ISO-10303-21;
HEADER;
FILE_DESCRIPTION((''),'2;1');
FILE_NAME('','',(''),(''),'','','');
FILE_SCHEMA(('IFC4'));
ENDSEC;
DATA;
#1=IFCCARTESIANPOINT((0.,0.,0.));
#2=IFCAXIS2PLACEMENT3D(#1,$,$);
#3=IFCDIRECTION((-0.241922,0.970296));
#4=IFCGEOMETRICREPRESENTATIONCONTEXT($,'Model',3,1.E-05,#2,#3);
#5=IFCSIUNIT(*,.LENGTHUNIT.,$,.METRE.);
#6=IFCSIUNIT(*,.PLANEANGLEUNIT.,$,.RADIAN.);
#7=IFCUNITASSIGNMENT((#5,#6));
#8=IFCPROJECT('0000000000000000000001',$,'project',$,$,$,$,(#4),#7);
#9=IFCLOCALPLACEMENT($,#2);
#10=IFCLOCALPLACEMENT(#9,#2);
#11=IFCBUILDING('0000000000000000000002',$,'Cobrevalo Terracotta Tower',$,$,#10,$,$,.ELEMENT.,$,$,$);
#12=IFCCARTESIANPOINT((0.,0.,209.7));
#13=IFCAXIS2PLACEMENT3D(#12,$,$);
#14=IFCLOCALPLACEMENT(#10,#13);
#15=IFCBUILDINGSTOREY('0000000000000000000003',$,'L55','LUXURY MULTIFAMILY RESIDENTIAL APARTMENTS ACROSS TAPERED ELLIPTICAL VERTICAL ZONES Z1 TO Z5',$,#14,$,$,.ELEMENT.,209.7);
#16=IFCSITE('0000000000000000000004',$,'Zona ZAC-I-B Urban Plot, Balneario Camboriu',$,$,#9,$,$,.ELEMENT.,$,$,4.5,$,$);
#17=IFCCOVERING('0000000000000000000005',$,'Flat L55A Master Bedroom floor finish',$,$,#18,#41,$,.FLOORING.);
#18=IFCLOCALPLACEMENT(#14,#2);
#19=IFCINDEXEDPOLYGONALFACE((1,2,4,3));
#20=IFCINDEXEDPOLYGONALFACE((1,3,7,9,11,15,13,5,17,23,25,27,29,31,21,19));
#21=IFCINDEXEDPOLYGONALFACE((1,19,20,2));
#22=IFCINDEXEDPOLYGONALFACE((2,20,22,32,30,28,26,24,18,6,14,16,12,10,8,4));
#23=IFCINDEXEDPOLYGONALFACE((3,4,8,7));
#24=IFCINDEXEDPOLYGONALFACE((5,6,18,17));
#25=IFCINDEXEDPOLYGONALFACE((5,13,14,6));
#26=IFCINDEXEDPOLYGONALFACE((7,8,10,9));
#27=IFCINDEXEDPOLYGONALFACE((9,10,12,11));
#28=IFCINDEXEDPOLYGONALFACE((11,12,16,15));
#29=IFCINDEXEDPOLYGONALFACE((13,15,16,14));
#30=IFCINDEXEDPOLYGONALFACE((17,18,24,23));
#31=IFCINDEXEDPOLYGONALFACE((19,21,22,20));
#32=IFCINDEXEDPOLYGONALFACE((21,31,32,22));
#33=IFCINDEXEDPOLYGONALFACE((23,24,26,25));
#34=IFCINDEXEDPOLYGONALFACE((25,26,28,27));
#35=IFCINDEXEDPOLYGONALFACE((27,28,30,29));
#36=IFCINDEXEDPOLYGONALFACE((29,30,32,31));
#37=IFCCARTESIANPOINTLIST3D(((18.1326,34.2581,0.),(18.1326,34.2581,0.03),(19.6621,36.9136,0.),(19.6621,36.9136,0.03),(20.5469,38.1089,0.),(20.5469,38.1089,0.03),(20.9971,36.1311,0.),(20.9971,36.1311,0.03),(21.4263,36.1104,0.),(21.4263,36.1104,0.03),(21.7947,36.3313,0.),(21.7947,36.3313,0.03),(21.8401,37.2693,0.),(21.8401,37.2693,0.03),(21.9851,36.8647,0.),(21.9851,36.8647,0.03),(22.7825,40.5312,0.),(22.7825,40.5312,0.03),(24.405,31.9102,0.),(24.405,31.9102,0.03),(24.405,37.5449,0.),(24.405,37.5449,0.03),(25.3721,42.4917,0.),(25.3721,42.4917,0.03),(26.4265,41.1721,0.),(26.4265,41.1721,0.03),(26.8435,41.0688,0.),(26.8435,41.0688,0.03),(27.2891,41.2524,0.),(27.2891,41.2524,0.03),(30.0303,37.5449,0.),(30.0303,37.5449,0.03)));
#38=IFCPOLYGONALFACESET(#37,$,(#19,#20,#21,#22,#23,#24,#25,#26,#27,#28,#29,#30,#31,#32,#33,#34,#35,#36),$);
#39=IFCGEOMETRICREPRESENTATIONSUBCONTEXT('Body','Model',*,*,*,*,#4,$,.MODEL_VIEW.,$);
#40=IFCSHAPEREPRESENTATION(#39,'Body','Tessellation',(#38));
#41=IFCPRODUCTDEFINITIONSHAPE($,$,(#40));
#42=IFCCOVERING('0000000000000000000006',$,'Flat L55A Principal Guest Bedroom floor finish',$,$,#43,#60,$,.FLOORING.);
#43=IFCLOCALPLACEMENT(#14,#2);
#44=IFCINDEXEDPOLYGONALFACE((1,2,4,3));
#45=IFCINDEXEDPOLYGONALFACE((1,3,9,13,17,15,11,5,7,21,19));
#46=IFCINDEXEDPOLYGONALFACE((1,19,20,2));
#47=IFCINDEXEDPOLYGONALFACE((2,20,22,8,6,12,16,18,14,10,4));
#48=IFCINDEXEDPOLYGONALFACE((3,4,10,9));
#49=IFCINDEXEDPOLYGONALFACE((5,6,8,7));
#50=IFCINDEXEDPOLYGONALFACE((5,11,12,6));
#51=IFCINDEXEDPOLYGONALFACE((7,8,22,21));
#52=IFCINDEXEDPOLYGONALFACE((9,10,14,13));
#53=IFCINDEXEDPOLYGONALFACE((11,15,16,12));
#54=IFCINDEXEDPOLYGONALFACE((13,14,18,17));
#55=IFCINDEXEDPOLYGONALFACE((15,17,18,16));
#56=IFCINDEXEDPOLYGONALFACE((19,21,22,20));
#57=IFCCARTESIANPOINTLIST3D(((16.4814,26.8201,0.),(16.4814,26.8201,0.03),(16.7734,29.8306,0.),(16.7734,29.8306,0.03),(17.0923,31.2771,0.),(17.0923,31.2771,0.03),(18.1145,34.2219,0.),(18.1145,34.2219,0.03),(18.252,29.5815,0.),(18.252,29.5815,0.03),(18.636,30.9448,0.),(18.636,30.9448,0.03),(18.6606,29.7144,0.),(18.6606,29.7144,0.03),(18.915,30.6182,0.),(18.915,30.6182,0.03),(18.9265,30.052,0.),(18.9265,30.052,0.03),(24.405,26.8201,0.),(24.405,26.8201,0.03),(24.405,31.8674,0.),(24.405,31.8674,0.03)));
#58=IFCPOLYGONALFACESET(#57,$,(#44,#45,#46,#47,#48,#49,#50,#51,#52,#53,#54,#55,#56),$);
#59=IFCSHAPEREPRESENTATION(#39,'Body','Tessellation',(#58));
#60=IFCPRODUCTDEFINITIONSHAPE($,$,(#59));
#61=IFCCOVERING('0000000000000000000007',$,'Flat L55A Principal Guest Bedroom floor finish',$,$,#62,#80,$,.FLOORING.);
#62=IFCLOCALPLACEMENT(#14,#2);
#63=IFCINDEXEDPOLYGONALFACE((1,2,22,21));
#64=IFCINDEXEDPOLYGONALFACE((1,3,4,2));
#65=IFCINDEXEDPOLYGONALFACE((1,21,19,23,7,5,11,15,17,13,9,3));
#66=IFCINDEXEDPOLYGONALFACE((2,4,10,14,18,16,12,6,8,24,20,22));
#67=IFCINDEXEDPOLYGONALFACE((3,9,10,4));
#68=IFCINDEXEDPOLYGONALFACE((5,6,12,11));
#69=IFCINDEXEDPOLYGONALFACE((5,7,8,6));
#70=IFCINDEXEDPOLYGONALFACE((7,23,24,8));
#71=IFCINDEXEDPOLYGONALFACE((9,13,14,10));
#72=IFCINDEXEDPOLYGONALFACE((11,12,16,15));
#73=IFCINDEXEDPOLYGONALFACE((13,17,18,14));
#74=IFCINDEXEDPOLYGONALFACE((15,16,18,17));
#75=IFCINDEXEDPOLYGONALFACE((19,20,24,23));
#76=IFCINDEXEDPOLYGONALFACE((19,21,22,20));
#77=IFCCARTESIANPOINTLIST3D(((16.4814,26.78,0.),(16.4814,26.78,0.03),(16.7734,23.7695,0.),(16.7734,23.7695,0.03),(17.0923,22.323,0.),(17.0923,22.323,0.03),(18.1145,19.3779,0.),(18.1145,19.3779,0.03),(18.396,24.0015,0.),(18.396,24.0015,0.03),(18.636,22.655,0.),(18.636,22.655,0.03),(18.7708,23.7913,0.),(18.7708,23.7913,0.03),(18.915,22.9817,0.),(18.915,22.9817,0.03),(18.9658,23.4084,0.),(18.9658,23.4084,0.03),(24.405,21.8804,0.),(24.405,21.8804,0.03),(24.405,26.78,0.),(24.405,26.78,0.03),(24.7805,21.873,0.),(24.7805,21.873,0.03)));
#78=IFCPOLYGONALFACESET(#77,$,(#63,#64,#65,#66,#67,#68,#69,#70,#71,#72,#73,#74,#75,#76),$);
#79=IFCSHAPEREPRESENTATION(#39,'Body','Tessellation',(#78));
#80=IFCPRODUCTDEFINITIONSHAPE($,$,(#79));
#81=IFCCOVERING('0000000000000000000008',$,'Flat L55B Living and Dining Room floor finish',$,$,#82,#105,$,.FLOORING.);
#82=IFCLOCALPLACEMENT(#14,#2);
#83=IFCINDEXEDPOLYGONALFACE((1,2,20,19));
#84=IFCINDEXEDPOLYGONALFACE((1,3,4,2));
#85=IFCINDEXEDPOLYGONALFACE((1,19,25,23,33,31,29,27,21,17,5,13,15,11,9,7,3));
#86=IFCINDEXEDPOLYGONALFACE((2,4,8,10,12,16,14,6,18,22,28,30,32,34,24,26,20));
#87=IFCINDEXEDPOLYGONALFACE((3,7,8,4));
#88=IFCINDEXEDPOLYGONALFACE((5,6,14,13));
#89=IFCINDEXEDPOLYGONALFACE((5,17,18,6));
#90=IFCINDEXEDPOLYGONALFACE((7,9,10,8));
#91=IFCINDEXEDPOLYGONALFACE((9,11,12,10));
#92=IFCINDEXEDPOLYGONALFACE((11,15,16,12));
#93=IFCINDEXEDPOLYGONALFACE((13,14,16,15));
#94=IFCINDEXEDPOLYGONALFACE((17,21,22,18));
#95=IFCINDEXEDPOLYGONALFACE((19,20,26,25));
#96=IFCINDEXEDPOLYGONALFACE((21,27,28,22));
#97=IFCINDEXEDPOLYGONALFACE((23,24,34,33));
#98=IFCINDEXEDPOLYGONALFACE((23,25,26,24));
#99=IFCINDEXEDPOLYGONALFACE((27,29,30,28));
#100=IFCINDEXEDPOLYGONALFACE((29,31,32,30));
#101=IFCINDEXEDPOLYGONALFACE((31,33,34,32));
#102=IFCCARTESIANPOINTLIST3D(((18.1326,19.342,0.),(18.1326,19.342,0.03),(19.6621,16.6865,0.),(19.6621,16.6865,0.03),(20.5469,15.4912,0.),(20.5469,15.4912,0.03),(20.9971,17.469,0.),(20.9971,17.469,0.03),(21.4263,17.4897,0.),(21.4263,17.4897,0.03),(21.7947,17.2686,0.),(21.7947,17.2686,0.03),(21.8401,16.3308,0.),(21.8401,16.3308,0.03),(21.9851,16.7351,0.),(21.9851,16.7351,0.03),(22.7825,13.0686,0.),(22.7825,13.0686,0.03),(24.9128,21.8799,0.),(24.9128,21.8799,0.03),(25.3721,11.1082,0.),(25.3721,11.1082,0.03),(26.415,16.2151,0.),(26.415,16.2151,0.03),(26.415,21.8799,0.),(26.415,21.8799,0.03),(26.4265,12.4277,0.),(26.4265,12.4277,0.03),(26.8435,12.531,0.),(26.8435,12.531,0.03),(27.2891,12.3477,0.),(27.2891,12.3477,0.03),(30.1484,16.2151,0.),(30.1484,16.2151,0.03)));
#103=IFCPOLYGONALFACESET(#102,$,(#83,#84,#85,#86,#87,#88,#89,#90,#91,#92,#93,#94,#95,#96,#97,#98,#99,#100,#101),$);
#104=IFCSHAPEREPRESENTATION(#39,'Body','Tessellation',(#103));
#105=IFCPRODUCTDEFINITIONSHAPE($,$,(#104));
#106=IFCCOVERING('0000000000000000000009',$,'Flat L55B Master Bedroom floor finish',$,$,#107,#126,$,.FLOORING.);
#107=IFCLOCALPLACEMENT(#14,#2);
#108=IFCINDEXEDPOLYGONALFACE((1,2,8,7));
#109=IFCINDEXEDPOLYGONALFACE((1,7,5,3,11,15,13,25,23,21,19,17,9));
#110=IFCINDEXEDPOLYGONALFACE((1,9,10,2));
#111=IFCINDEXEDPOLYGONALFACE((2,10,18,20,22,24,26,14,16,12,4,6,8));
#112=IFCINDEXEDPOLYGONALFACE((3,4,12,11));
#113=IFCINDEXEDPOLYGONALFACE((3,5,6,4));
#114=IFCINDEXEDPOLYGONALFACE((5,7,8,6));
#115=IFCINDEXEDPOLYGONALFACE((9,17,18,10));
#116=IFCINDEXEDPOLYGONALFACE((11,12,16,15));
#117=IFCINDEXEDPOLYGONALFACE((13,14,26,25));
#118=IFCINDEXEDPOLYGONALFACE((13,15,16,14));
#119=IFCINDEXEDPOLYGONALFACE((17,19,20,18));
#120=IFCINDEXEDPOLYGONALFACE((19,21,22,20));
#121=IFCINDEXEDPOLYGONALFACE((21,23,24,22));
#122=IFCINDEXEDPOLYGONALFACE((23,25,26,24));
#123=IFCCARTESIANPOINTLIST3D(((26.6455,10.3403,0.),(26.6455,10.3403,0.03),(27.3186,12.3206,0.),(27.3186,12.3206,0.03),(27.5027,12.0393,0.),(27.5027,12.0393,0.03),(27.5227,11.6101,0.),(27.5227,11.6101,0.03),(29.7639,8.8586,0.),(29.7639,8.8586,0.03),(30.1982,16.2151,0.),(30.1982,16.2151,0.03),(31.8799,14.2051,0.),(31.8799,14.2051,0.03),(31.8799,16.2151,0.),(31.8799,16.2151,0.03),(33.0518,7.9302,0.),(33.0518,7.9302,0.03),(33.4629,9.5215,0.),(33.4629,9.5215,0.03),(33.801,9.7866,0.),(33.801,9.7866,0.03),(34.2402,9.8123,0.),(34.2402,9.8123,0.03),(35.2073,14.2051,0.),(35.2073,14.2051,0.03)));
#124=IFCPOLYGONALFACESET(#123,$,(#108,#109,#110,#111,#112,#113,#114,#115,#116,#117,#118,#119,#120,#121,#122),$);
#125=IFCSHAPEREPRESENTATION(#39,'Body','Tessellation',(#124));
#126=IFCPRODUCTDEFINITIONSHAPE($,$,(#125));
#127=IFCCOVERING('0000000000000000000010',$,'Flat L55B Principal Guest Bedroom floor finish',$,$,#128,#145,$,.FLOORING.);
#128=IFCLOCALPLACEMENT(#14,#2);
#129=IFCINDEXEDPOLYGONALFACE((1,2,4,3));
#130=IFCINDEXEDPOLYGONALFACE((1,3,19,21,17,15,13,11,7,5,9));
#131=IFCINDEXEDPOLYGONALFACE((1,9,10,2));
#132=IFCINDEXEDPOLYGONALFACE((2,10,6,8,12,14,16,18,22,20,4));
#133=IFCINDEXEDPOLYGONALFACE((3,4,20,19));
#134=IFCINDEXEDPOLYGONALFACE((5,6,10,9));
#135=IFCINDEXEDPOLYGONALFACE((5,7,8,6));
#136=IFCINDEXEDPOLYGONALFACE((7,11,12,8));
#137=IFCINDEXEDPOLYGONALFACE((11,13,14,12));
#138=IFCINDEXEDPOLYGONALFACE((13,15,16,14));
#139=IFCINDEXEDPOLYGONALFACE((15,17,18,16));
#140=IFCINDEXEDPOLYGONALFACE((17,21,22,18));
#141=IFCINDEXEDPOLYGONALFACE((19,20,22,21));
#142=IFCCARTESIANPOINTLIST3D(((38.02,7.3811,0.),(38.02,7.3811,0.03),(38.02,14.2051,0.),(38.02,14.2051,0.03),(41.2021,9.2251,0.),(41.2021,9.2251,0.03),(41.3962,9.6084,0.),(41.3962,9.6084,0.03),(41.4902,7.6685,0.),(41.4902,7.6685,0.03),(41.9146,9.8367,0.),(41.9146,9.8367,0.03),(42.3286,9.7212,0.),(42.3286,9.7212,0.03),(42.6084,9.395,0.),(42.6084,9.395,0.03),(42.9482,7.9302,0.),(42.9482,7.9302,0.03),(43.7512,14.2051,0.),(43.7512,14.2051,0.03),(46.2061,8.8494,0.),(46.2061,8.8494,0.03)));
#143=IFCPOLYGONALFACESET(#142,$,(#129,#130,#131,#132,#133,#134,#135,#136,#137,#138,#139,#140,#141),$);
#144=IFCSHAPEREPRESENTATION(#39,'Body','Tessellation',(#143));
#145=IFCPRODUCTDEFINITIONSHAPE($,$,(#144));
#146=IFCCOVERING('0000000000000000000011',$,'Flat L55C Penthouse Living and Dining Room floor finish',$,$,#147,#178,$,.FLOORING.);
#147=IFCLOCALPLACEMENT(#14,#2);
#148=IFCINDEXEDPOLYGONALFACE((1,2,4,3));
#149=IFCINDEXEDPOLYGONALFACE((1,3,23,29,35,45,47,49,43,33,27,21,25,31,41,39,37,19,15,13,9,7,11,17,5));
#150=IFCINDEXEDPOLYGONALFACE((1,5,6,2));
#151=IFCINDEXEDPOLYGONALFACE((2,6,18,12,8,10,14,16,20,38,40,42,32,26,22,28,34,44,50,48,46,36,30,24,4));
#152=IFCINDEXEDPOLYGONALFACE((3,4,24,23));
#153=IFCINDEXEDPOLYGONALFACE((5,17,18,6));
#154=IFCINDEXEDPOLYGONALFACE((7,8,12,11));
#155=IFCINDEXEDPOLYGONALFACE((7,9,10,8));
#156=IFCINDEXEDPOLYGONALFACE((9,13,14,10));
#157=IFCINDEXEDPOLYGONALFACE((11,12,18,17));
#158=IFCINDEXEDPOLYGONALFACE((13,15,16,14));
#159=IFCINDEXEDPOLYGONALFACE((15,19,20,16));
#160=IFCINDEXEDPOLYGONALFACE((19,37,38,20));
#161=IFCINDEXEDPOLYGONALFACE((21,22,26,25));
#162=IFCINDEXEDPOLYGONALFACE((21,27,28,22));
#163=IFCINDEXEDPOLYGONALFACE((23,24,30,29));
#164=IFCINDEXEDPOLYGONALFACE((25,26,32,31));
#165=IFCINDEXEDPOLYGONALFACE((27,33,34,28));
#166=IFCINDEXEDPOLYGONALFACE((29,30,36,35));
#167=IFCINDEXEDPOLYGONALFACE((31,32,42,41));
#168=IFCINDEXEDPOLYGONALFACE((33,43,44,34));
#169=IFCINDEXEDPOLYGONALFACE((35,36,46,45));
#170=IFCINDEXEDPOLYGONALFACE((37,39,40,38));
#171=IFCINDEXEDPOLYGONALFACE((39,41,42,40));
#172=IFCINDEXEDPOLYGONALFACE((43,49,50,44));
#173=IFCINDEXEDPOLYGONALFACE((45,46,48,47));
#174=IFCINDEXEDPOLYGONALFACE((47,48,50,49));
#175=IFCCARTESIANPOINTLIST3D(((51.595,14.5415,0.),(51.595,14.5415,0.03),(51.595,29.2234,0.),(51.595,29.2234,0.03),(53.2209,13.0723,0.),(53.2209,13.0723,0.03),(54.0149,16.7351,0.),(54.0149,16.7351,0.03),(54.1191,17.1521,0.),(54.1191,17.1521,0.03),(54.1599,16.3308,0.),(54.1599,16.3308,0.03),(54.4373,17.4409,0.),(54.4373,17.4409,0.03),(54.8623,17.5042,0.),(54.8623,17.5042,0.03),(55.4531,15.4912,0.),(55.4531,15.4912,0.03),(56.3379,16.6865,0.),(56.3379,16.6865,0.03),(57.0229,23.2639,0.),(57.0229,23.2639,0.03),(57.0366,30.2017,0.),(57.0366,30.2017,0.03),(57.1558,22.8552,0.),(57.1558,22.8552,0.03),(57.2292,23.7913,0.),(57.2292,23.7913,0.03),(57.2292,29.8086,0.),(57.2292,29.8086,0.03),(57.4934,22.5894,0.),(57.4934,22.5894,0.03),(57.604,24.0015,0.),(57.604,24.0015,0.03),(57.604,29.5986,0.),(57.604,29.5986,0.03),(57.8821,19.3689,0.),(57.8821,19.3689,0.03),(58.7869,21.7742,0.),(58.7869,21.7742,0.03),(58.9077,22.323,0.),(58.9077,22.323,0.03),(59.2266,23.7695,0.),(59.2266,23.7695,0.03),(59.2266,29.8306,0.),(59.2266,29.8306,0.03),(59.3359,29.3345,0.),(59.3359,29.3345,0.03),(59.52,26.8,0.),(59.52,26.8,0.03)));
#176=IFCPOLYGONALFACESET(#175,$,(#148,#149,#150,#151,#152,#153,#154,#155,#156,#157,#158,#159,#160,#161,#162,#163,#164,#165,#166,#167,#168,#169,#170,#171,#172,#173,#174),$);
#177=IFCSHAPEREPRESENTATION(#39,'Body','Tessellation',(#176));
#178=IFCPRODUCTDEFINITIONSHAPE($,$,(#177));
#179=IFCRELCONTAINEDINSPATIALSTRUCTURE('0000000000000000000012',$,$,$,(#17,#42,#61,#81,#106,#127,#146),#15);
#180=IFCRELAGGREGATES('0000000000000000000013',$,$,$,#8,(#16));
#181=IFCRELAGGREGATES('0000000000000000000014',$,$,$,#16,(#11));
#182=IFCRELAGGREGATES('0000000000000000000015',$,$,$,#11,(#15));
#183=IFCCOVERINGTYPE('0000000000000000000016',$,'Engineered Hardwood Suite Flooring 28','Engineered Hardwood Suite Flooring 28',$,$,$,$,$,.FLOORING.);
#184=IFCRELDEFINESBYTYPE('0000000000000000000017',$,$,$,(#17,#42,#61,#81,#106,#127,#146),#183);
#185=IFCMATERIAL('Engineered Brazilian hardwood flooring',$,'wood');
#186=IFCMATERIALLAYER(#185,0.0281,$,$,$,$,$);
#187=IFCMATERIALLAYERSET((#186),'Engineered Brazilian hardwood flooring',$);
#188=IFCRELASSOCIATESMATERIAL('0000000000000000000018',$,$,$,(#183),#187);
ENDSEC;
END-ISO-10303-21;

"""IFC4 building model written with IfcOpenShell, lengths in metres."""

from ifc_helpers import new_model, si_unit, direction, frame, origin, place, context, subcontext, project, spatial, polyline, outline, extrude, material, layer, layer_set, type_object, element, save


model = new_model("IFC4")

# Units and contexts
model_context = context("Model", 3, precision=1e-05, world=origin(), true_north=direction((-0.241922, 0.970296)))
body_context = subcontext(model_context, "Body", "Model", "MODEL_VIEW")
ifc_project = project(units=[si_unit("LENGTHUNIT", "METRE"), si_unit("PLANEANGLEUNIT", "RADIAN")], contexts=[model_context])

# Site, building, storey
site_placement = place(None, origin())
site = spatial("IfcSite", under=ifc_project, at=site_placement, Name="Zona ZAC-I-B Urban Plot, Balneario Camboriu", CompositionType="ELEMENT", RefElevation=4.5)
building_placement = place(site_placement, origin())
building = spatial("IfcBuilding", under=site, at=building_placement, Name="Cobrevalo Terracotta Tower", CompositionType="ELEMENT")
storey_placement = place(building_placement, frame((0.0, 0.0, 209.7)))
storey = spatial("IfcBuildingStorey", under=building, at=storey_placement, Name="L55", Description="LUXURY MULTIFAMILY RESIDENTIAL APARTMENTS ACROSS TAPERED ELLIPTICAL VERTICAL ZONES Z1 TO Z5", CompositionType="ELEMENT", Elevation=209.7)

# Coverings
ifc_material_1 = material(Name="Engineered Brazilian hardwood flooring", Category="wood")
ifc_layer_1 = layer(ifc_material_1, 0.0281)
ifc_layer_set_1 = layer_set([ifc_layer_1], Name="Engineered Brazilian hardwood flooring")
covering_type_1 = type_object("IfcCoveringType", Name="Engineered Hardwood Suite Flooring 28", Description="Engineered Hardwood Suite Flooring 28", PredefinedType="FLOORING", material=ifc_layer_set_1)
covering_1_placement = place(storey_placement, origin())
element("IfcCovering", 1, at=covering_1_placement, inside=storey, type_object=covering_type_1, Name="Flat L55A Master Bedroom floor finish", PredefinedType="FLOORING", context=body_context, shape_type="SweptSolid", body=[
    extrude(outline(polyline([(19.6621, 36.9136), (20.9971, 36.1311), (21.4263, 36.1104), (21.7947, 36.3313), (21.9851, 36.8647), (21.8401, 37.2693), (20.5469, 38.1089), (22.7825, 40.5312), (25.3721, 42.4917), (26.4265, 41.1721), (26.8435, 41.0688), (27.2891, 41.2524), (30.0303, 37.5449), (24.405, 37.5449), (24.405, 31.9102), (18.1326, 34.2581), (19.6621, 36.9136)])), origin(), (0.0, 0.0, 1.0), 0.03),
])
covering_2_placement = place(storey_placement, origin())
element("IfcCovering", 2, at=covering_2_placement, inside=storey, type_object=covering_type_1, Name="Flat L55A Principal Guest Bedroom floor finish", PredefinedType="FLOORING", context=body_context, shape_type="SweptSolid", body=[
    extrude(outline(polyline([(16.7734, 29.8306), (18.252, 29.5815), (18.6606, 29.7144), (18.9265, 30.052), (18.915, 30.6182), (18.636, 30.9448), (17.0923, 31.2771), (18.1145, 34.2219), (24.405, 31.8674), (24.405, 26.8201), (16.4814, 26.8201), (16.7734, 29.8306)])), origin(), (0.0, 0.0, 1.0), 0.03),
])
covering_3_placement = place(storey_placement, origin())
element("IfcCovering", 3, at=covering_3_placement, inside=storey, type_object=covering_type_1, Name="Flat L55A Principal Guest Bedroom floor finish", PredefinedType="FLOORING", context=body_context, shape_type="SweptSolid", body=[
    extrude(outline(polyline([(16.4814, 26.78), (24.405, 26.78), (24.405, 21.8804), (24.7805, 21.873), (18.1145, 19.3779), (17.0923, 22.323), (18.636, 22.655), (18.915, 22.9817), (18.9658, 23.4084), (18.7708, 23.7913), (18.396, 24.0015), (16.7734, 23.7695), (16.4814, 26.78)])), origin(), (0.0, 0.0, 1.0), 0.03),
])
covering_4_placement = place(storey_placement, origin())
element("IfcCovering", 4, at=covering_4_placement, inside=storey, type_object=covering_type_1, Name="Flat L55B Living and Dining Room floor finish", PredefinedType="FLOORING", context=body_context, shape_type="SweptSolid", body=[
    extrude(outline(polyline([(22.7825, 13.0686), (20.5469, 15.4912), (21.8401, 16.3308), (21.9851, 16.7351), (21.7947, 17.2686), (21.4263, 17.4897), (20.9971, 17.469), (19.6621, 16.6865), (18.1326, 19.342), (24.9128, 21.8799), (26.415, 21.8799), (26.415, 16.2151), (30.1484, 16.2151), (27.2891, 12.3477), (26.8435, 12.531), (26.4265, 12.4277), (25.3721, 11.1082), (22.7825, 13.0686)])), origin(), (0.0, 0.0, 1.0), 0.03),
])
covering_5_placement = place(storey_placement, origin())
element("IfcCovering", 5, at=covering_5_placement, inside=storey, type_object=covering_type_1, Name="Flat L55B Master Bedroom floor finish", PredefinedType="FLOORING", context=body_context, shape_type="SweptSolid", body=[
    extrude(outline(polyline([(29.7639, 8.8586), (26.6455, 10.3403), (27.5227, 11.6101), (27.5027, 12.0393), (27.3186, 12.3206), (30.1982, 16.2151), (31.8799, 16.2151), (31.8799, 14.2051), (35.2073, 14.2051), (34.2402, 9.8123), (33.801, 9.7866), (33.4629, 9.5215), (33.0518, 7.9302), (29.7639, 8.8586)])), origin(), (0.0, 0.0, 1.0), 0.03),
])
covering_6_placement = place(storey_placement, origin())
element("IfcCovering", 6, at=covering_6_placement, inside=storey, type_object=covering_type_1, Name="Flat L55B Principal Guest Bedroom floor finish", PredefinedType="FLOORING", context=body_context, shape_type="SweptSolid", body=[
    extrude(outline(polyline([(42.9482, 7.9302), (42.6084, 9.395), (42.3286, 9.7212), (41.9146, 9.8367), (41.3962, 9.6084), (41.2021, 9.2251), (41.4902, 7.6685), (38.02, 7.3811), (38.02, 14.2051), (43.7512, 14.2051), (46.2061, 8.8494), (42.9482, 7.9302)])), origin(), (0.0, 0.0, 1.0), 0.03),
])
covering_7_placement = place(storey_placement, origin())
element("IfcCovering", 7, at=covering_7_placement, inside=storey, type_object=covering_type_1, Name="Flat L55C Penthouse Living and Dining Room floor finish", PredefinedType="FLOORING", context=body_context, shape_type="SweptSolid", body=[
    extrude(outline(polyline([(57.0366, 30.2017), (57.2292, 29.8086), (57.604, 29.5986), (59.2266, 29.8306), (59.3359, 29.3345), (59.52, 26.8), (59.2266, 23.7695), (57.604, 24.0015), (57.2292, 23.7913), (57.0229, 23.2639), (57.1558, 22.8552), (57.4934, 22.5894), (58.9077, 22.323), (58.7869, 21.7742), (57.8821, 19.3689), (56.3379, 16.6865), (54.8623, 17.5042), (54.4373, 17.4409), (54.1191, 17.1521), (54.0149, 16.7351), (54.1599, 16.3308), (55.4531, 15.4912), (53.2209, 13.0723), (51.595, 14.5415), (51.595, 29.2234), (57.0366, 30.2017)])), origin(), (0.0, 0.0, 1.0), 0.03),
])

save(model, "model.ifc")
